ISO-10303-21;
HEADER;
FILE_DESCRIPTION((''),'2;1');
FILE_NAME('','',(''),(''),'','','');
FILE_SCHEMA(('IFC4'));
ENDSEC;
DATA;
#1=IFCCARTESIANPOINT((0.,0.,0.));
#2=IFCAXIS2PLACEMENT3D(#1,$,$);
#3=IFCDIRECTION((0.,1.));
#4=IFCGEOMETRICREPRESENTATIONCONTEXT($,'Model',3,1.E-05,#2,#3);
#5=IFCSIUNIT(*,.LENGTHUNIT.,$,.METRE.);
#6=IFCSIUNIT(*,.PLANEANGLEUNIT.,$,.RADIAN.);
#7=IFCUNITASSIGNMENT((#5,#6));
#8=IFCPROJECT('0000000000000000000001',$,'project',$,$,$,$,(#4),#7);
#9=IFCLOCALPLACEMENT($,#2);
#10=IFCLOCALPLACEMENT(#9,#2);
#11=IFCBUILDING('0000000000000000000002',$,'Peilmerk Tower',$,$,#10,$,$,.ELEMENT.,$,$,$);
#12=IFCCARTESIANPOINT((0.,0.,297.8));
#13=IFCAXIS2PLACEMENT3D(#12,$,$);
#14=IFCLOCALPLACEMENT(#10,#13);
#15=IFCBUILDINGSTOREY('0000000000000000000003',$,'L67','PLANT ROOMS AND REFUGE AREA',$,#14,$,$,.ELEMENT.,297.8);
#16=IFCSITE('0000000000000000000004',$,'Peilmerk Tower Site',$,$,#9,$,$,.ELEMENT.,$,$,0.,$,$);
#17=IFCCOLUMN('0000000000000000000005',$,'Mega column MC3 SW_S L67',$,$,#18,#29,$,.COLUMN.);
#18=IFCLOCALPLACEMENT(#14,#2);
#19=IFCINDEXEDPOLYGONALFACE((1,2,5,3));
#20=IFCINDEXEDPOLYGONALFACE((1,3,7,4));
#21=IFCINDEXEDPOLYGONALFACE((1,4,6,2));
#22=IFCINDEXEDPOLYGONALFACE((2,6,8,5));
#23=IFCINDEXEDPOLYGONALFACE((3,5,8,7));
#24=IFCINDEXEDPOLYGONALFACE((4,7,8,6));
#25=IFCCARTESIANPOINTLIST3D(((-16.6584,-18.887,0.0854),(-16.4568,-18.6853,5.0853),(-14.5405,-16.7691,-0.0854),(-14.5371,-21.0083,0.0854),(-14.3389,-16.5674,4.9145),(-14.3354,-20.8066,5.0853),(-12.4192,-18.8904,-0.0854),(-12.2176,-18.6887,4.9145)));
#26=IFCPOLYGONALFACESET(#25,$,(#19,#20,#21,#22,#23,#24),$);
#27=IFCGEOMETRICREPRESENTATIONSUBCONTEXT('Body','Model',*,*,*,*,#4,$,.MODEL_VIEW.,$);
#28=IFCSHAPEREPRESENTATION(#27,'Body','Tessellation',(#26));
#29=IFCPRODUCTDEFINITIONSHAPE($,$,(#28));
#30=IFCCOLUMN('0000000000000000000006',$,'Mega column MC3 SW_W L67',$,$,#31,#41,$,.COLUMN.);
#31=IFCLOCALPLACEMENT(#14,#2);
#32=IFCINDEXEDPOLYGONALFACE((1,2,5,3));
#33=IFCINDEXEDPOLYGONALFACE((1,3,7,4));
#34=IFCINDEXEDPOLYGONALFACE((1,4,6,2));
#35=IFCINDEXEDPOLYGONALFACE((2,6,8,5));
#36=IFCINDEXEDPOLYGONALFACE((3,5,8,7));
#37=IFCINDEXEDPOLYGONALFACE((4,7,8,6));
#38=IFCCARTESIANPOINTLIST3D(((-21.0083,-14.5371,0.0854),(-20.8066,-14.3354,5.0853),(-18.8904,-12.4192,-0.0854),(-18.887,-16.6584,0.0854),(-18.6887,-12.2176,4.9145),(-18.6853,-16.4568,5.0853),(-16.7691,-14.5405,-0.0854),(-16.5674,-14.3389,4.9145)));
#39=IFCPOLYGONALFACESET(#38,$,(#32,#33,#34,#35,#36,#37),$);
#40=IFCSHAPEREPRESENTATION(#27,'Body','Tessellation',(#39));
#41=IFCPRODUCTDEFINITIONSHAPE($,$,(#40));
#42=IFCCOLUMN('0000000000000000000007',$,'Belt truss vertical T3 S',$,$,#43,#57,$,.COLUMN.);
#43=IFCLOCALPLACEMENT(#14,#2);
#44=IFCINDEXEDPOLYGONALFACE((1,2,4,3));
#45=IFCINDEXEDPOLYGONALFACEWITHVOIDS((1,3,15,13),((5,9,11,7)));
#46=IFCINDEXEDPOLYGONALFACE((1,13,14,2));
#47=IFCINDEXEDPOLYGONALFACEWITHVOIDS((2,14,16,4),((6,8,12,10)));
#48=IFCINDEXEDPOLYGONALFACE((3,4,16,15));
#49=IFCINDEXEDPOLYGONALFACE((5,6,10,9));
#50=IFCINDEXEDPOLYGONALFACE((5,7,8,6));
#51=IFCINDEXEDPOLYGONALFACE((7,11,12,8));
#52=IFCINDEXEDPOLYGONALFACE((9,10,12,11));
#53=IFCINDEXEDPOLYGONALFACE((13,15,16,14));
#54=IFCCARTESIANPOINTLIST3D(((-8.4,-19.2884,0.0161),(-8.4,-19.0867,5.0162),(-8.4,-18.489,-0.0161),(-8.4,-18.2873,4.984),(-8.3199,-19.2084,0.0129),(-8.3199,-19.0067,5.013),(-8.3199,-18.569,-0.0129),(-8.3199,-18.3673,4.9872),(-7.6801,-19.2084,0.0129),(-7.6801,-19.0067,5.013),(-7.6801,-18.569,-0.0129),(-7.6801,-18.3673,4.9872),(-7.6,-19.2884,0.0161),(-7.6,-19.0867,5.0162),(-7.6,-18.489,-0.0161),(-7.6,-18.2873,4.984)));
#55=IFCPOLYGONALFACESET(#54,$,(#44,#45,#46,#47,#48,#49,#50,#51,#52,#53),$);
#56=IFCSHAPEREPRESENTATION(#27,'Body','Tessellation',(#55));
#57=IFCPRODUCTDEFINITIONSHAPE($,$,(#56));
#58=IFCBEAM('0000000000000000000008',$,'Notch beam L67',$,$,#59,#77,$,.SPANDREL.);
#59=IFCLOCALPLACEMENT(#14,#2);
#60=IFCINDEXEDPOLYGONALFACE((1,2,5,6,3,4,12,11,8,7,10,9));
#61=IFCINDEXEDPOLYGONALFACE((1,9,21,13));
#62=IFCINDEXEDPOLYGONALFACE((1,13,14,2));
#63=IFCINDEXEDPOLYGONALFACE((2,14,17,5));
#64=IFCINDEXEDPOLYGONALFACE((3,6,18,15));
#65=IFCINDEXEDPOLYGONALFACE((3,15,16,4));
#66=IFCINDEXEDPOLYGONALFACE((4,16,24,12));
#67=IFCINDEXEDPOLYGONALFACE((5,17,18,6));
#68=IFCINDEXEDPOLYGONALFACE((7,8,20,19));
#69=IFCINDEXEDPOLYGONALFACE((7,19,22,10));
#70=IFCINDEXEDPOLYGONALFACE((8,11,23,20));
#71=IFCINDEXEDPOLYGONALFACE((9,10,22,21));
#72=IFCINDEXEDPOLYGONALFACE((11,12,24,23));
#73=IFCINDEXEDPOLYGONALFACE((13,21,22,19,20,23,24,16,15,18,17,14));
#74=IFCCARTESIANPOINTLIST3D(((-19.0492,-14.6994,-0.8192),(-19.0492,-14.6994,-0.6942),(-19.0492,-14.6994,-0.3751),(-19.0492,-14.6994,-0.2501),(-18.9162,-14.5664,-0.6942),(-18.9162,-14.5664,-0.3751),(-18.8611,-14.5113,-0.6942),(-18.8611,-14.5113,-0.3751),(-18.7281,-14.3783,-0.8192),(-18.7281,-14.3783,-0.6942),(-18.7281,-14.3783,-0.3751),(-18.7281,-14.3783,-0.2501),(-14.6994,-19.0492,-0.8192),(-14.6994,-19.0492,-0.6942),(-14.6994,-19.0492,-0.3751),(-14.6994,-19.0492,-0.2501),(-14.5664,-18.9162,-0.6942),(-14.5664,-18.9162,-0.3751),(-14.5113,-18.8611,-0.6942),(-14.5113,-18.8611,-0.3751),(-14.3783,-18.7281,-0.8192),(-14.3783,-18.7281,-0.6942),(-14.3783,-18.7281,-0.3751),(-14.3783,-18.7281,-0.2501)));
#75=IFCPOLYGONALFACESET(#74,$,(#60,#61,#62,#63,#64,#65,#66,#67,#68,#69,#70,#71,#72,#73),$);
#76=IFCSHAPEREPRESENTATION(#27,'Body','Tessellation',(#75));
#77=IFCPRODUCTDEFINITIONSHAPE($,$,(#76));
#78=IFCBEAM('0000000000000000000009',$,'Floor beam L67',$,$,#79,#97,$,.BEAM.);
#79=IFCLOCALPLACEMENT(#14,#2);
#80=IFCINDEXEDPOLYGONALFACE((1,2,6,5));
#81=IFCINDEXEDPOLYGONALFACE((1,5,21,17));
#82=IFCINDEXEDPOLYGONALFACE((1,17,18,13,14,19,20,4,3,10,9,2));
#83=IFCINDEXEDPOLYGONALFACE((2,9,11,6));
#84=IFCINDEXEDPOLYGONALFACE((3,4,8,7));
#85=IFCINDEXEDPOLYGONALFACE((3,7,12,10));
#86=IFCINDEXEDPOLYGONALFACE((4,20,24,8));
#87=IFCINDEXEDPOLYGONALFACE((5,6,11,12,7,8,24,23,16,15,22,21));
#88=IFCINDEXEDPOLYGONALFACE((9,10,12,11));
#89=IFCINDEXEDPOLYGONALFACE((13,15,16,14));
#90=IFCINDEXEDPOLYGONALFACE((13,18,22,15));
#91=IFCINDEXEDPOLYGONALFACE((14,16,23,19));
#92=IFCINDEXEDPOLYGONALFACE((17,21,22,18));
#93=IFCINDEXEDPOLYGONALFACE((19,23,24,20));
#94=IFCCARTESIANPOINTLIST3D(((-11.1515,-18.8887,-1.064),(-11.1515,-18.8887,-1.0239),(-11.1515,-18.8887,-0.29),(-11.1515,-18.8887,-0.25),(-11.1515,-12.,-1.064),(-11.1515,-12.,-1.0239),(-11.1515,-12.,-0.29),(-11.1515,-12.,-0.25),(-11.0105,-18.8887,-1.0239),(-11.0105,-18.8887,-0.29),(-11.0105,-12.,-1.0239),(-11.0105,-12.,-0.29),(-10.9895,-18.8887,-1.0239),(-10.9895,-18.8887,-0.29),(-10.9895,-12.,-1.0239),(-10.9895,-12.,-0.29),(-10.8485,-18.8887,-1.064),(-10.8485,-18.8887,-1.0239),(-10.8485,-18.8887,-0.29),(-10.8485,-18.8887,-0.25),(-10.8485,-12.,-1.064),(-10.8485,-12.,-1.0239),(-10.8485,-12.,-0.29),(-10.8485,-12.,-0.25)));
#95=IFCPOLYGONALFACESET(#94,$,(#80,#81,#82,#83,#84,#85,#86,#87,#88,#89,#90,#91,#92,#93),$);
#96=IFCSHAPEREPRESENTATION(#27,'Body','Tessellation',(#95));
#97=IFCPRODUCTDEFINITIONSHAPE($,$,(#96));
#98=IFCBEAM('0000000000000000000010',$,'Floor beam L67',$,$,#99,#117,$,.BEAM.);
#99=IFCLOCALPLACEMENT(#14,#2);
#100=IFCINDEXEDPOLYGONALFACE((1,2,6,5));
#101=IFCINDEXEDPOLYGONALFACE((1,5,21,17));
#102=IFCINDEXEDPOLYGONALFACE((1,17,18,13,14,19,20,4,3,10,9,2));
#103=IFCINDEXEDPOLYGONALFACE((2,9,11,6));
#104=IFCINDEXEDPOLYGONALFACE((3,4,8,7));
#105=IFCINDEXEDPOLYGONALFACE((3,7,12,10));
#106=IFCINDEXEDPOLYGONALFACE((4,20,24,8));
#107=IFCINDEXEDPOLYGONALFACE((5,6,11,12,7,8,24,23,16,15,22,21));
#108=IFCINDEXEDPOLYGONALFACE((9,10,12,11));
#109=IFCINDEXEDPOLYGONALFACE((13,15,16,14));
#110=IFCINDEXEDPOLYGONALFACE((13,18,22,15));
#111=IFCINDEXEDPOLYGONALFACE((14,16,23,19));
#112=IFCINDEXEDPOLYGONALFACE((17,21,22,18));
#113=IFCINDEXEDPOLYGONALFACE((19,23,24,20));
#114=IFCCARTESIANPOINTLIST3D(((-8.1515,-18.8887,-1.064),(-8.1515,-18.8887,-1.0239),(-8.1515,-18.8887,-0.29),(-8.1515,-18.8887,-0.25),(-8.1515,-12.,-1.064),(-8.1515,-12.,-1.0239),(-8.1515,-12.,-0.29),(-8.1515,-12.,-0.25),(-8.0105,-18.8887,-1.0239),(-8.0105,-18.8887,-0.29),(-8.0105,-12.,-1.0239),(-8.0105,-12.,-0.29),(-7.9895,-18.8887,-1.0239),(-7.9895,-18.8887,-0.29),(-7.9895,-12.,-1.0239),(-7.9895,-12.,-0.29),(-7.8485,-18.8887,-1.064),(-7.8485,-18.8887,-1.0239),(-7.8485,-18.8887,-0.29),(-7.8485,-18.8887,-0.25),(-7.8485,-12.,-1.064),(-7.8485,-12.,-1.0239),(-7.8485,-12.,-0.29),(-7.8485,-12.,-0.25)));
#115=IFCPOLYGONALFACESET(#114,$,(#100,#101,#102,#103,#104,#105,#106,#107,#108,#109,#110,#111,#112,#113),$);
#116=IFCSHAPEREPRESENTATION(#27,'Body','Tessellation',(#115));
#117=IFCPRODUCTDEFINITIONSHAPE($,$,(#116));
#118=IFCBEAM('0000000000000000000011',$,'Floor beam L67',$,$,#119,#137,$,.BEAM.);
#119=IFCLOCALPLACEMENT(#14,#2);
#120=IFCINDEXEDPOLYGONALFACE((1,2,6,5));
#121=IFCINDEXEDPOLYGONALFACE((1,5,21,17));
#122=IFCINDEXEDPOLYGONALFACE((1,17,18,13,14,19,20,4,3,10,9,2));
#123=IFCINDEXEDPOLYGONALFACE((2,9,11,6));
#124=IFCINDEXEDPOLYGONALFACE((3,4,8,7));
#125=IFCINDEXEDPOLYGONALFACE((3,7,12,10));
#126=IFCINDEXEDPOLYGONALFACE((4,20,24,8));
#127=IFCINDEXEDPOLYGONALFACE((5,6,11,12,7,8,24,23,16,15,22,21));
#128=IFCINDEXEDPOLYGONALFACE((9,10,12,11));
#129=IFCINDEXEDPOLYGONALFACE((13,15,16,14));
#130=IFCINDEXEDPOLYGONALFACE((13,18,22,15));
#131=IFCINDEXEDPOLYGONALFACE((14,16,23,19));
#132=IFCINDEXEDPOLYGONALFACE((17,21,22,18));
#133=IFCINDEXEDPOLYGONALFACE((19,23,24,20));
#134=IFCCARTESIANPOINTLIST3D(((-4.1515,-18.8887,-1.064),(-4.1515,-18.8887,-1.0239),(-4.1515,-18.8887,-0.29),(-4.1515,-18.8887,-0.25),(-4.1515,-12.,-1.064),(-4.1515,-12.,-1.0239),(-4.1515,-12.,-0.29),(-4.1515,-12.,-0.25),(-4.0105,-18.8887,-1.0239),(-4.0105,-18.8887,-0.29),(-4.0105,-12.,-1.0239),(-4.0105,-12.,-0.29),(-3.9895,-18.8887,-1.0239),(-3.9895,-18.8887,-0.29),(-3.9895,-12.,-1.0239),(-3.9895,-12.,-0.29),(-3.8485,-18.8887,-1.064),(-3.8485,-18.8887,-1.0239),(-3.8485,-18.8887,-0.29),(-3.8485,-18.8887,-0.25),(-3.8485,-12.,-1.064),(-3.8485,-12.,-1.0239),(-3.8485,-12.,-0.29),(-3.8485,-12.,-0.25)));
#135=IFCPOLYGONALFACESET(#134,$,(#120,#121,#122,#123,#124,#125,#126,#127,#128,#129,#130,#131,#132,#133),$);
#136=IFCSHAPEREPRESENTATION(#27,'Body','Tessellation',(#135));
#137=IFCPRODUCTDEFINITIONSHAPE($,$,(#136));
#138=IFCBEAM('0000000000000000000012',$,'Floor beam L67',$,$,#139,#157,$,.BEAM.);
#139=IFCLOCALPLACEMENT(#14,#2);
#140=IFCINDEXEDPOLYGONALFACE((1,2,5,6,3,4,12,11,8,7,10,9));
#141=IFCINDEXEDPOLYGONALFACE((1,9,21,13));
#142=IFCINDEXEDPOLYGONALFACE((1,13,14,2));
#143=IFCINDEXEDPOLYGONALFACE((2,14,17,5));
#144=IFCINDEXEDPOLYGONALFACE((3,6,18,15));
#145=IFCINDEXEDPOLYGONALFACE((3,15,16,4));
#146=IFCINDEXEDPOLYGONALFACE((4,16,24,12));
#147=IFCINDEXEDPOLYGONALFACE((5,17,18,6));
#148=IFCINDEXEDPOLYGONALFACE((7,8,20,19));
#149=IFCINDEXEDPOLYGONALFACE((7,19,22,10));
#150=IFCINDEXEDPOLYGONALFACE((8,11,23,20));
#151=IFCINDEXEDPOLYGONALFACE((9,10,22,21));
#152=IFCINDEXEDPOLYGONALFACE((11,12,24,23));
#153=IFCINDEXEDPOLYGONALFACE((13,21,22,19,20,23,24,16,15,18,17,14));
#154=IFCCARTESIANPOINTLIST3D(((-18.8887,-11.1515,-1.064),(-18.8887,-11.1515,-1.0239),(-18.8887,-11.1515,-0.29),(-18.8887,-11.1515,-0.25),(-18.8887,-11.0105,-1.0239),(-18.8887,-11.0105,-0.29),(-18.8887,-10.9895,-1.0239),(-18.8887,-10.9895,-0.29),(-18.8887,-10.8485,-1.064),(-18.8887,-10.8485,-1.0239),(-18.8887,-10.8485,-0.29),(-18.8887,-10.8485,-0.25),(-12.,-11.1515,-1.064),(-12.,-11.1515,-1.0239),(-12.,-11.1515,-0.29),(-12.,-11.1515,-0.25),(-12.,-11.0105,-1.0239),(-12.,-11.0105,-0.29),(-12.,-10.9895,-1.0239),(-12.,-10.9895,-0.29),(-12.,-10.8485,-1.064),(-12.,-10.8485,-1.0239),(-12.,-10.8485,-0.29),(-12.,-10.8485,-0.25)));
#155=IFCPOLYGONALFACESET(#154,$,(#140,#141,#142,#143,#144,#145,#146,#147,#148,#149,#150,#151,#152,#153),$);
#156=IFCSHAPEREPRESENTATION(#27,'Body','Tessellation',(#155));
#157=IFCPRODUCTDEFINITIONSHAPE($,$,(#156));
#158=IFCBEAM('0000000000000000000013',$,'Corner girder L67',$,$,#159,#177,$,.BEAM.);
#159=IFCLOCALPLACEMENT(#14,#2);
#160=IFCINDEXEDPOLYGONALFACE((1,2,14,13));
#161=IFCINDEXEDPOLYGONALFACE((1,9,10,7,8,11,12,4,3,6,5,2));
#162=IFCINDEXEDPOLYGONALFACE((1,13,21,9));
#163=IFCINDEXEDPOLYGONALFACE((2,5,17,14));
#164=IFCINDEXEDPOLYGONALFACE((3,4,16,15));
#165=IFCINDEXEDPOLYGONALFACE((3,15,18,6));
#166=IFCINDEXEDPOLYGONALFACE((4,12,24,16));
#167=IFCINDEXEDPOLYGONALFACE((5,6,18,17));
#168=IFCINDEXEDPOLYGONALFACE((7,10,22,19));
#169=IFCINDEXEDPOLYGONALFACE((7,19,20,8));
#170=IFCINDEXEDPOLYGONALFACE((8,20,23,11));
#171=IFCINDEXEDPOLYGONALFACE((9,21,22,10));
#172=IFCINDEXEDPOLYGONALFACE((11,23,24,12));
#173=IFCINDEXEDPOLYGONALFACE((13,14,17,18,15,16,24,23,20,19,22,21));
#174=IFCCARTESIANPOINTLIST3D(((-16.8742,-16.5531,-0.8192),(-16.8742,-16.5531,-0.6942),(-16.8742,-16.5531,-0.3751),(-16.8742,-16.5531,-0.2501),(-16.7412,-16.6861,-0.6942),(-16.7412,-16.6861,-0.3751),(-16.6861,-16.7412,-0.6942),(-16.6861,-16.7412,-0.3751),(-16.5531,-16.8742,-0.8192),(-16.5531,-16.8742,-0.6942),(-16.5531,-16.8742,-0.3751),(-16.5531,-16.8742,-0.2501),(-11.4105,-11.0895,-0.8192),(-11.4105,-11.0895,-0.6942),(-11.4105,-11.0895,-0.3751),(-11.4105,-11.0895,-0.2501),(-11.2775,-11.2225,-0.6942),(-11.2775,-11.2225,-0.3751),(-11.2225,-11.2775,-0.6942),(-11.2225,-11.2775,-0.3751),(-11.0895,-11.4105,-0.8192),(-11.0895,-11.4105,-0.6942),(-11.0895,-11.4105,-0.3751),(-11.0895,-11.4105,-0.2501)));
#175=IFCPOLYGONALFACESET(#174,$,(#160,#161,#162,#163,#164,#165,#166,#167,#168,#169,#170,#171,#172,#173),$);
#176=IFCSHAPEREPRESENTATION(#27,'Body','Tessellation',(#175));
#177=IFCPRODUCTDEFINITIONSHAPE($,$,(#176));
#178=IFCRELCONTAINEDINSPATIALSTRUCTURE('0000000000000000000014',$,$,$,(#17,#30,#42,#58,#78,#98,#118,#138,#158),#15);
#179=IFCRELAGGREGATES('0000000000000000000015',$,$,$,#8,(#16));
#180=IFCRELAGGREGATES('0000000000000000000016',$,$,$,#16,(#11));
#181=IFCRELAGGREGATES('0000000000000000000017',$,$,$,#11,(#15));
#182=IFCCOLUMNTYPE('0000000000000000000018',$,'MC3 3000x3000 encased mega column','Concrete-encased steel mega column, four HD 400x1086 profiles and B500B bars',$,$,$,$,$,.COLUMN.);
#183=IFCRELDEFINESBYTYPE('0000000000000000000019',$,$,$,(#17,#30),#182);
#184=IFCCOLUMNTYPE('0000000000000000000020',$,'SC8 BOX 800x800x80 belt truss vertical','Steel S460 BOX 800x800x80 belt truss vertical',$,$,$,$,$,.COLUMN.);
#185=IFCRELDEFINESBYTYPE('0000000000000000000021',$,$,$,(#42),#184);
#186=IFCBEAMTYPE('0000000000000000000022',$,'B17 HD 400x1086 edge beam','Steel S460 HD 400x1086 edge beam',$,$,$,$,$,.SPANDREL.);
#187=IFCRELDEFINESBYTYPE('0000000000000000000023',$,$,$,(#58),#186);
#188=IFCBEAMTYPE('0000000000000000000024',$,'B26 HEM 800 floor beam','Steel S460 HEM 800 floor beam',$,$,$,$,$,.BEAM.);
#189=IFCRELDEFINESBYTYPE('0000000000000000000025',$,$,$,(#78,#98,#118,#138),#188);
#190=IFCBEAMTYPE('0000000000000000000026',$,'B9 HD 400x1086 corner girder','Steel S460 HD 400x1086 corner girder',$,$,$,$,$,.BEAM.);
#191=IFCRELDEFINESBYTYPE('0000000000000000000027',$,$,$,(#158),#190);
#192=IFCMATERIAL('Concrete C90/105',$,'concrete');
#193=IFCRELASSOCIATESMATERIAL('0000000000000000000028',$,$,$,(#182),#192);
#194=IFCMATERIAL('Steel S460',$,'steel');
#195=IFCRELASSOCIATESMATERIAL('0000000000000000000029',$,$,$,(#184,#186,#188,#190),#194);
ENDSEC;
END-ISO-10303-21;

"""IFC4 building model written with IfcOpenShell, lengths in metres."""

from ifc_helpers import new_model, si_unit, direction, frame, origin, origin_2d, place, context, subcontext, project, spatial, rectangle, hollow_rectangle, i_section, extrude, material, material_profile, profile_set, type_object, element, save


model = new_model("IFC4")

# Units and contexts
model_context = context("Model", 3, precision=1e-05, world=origin(), true_north=direction((0.0, 1.0)))
body_context = subcontext(model_context, "Body", "Model", "MODEL_VIEW")
ifc_project = project(units=[si_unit("LENGTHUNIT", "METRE"), si_unit("PLANEANGLEUNIT", "RADIAN")], contexts=[model_context])

# Site, building, storey
site_placement = place(None, origin())
site = spatial("IfcSite", under=ifc_project, at=site_placement, Name="Peilmerk Tower Site", CompositionType="ELEMENT", RefElevation=0.0)
building_placement = place(site_placement, origin())
building = spatial("IfcBuilding", under=site, at=building_placement, Name="Peilmerk Tower", CompositionType="ELEMENT")
storey_placement = place(building_placement, frame((0.0, 0.0, 297.8)))
storey = spatial("IfcBuildingStorey", under=building, at=storey_placement, Name="L67", Description="PLANT ROOMS AND REFUGE AREA", CompositionType="ELEMENT", Elevation=297.8)

# Columns
ifc_material_1 = material(Name="Concrete C90/105", Category="concrete")
ifc_material_profile_1 = material_profile(ifc_material_1, rectangle(XDim=3.0, YDim=3.0, at=origin_2d()), Name="RC 3000x3000")
ifc_profile_set_1 = profile_set([ifc_material_profile_1], Name="Concrete C90/105")
column_type_1 = type_object("IfcColumnType", Name="MC3 3000x3000 encased mega column", Description="Concrete-encased steel mega column, four HD 400x1086 profiles and B500B bars", PredefinedType="COLUMN", material=ifc_profile_set_1)
for number, where, z_axis, x_axis, name in (
    (1, (-14.5388, -18.8887, 0.0), (0.040267, 0.040267, 0.998377), (-0.707107, 0.707107, 0.0), "Mega column MC3 SW_S L67"),
    (2, (-18.8887, -14.5388, 0.0), (0.040267, 0.040267, 0.998377), (-0.707107, 0.707107, 0.0), "Mega column MC3 SW_W L67"),
):
    element("IfcColumn", number, at=place(storey_placement, frame(where, z_axis=z_axis, x_axis=x_axis)), inside=storey, type_object=column_type_1, Name=name, PredefinedType="COLUMN", context=body_context, shape_type="SweptSolid", body=[
        extrude(rectangle(XDim=3.0, YDim=3.0, at=origin_2d()), origin(), (0.0, 0.0, 1.0), 5.0081),
    ])
ifc_material_2 = material(Name="Steel S460", Category="steel")
ifc_material_profile_2 = material_profile(ifc_material_2, hollow_rectangle(XDim=0.8, YDim=0.8, WallThickness=0.0801, at=origin_2d()), Name="BOX 800x800x80")
ifc_profile_set_2 = profile_set([ifc_material_profile_2], Name="Steel S460")
column_type_2 = type_object("IfcColumnType", Name="SC8 BOX 800x800x80 belt truss vertical", Description="Steel S460 BOX 800x800x80 belt truss vertical", PredefinedType="COLUMN", material=ifc_profile_set_2)
column_placement = place(storey_placement, frame((-8.0, -18.8887, 0.0), z_axis=(0.0, 0.040299, 0.999188), x_axis=(-1.0, 0.0, 0.0)))
element("IfcColumn", 3, at=column_placement, inside=storey, type_object=column_type_2, Name="Belt truss vertical T3 S", PredefinedType="COLUMN", context=body_context, shape_type="SweptSolid", body=[
    extrude(hollow_rectangle(XDim=0.8, YDim=0.8, WallThickness=0.0801, at=origin_2d()), origin(), (0.0, 0.0, 1.0), 5.0042),
])

# Beams
ifc_material_profile_3 = material_profile(ifc_material_2, i_section(OverallWidth=0.4541, OverallDepth=0.5691, WebThickness=0.0779, FlangeThickness=0.125, at=origin_2d()), Name="HD 400x1086")
ifc_profile_set_3 = profile_set([ifc_material_profile_3], Name="Steel S460")
beam_type_1 = type_object("IfcBeamType", Name="B17 HD 400x1086 edge beam", Description="Steel S460 HD 400x1086 edge beam", PredefinedType="SPANDREL", material=ifc_profile_set_3)
beam_1_placement = place(storey_placement, frame((-14.5388, -18.8887, -0.5347), z_axis=(-0.707107, 0.707107, 0.0), x_axis=(-0.707107, -0.707107, 0.0)))
element("IfcBeam", 4, at=beam_1_placement, inside=storey, type_object=beam_type_1, Name="Notch beam L67", PredefinedType="SPANDREL", context=body_context, shape_type="SweptSolid", body=[
    extrude(i_section(OverallWidth=0.4541, OverallDepth=0.5691, WebThickness=0.0779, FlangeThickness=0.125, at=origin_2d()), origin(), (0.0, 0.0, 1.0), 6.1516),
])
ifc_material_profile_4 = material_profile(ifc_material_2, i_section(OverallWidth=0.303, OverallDepth=0.814, WebThickness=0.021, FlangeThickness=0.04, at=origin_2d()), Name="HEM 800")
ifc_profile_set_4 = profile_set([ifc_material_profile_4], Name="Steel S460")
beam_type_2 = type_object("IfcBeamType", Name="B26 HEM 800 floor beam", Description="Steel S460 HEM 800 floor beam", PredefinedType="BEAM", material=ifc_profile_set_4)
for number, where, z_axis, x_axis, name in (
    (5, (-11.0, -12.0, -0.657), (0.0, -1.0, 0.0), (1.0, 0.0, 0.0), "Floor beam L67"),
    (6, (-8.0, -12.0, -0.657), (0.0, -1.0, 0.0), (1.0, 0.0, 0.0), "Floor beam L67"),
    (7, (-4.0, -12.0, -0.657), (0.0, -1.0, 0.0), (1.0, 0.0, 0.0), "Floor beam L67"),
    (8, (-12.0, -11.0, -0.657), (-1.0, 0.0, 0.0), (0.0, -1.0, 0.0), "Floor beam L67"),
):
    element("IfcBeam", number, at=place(storey_placement, frame(where, z_axis=z_axis, x_axis=x_axis)), inside=storey, type_object=beam_type_2, Name=name, PredefinedType="BEAM", context=body_context, shape_type="SweptSolid", body=[
        extrude(i_section(OverallWidth=0.303, OverallDepth=0.814, WebThickness=0.021, FlangeThickness=0.04, at=origin_2d()), origin(), (0.0, 0.0, 1.0), 6.8887),
    ])
ifc_material_profile_5 = material_profile(ifc_material_2, i_section(OverallWidth=0.4541, OverallDepth=0.5691, WebThickness=0.0779, FlangeThickness=0.125, at=origin_2d()), Name="HD 400x1086")
ifc_profile_set_5 = profile_set([ifc_material_profile_5], Name="Steel S460")
beam_type_3 = type_object("IfcBeamType", Name="B9 HD 400x1086 corner girder", Description="Steel S460 HD 400x1086 corner girder", PredefinedType="BEAM", material=ifc_profile_set_5)
beam_2_placement = place(storey_placement, frame((-11.25, -11.25, -0.5347), z_axis=(-0.707107, -0.707107, 0.0), x_axis=(0.707107, -0.707107, 0.0)))
element("IfcBeam", 9, at=beam_2_placement, inside=storey, type_object=beam_type_3, Name="Corner girder L67", PredefinedType="BEAM", context=body_context, shape_type="SweptSolid", body=[
    extrude(i_section(OverallWidth=0.4541, OverallDepth=0.5691, WebThickness=0.0779, FlangeThickness=0.125, at=origin_2d()), origin(), (0.0, 0.0, 1.0), 7.7268),
])

save(model, "model.ifc")
